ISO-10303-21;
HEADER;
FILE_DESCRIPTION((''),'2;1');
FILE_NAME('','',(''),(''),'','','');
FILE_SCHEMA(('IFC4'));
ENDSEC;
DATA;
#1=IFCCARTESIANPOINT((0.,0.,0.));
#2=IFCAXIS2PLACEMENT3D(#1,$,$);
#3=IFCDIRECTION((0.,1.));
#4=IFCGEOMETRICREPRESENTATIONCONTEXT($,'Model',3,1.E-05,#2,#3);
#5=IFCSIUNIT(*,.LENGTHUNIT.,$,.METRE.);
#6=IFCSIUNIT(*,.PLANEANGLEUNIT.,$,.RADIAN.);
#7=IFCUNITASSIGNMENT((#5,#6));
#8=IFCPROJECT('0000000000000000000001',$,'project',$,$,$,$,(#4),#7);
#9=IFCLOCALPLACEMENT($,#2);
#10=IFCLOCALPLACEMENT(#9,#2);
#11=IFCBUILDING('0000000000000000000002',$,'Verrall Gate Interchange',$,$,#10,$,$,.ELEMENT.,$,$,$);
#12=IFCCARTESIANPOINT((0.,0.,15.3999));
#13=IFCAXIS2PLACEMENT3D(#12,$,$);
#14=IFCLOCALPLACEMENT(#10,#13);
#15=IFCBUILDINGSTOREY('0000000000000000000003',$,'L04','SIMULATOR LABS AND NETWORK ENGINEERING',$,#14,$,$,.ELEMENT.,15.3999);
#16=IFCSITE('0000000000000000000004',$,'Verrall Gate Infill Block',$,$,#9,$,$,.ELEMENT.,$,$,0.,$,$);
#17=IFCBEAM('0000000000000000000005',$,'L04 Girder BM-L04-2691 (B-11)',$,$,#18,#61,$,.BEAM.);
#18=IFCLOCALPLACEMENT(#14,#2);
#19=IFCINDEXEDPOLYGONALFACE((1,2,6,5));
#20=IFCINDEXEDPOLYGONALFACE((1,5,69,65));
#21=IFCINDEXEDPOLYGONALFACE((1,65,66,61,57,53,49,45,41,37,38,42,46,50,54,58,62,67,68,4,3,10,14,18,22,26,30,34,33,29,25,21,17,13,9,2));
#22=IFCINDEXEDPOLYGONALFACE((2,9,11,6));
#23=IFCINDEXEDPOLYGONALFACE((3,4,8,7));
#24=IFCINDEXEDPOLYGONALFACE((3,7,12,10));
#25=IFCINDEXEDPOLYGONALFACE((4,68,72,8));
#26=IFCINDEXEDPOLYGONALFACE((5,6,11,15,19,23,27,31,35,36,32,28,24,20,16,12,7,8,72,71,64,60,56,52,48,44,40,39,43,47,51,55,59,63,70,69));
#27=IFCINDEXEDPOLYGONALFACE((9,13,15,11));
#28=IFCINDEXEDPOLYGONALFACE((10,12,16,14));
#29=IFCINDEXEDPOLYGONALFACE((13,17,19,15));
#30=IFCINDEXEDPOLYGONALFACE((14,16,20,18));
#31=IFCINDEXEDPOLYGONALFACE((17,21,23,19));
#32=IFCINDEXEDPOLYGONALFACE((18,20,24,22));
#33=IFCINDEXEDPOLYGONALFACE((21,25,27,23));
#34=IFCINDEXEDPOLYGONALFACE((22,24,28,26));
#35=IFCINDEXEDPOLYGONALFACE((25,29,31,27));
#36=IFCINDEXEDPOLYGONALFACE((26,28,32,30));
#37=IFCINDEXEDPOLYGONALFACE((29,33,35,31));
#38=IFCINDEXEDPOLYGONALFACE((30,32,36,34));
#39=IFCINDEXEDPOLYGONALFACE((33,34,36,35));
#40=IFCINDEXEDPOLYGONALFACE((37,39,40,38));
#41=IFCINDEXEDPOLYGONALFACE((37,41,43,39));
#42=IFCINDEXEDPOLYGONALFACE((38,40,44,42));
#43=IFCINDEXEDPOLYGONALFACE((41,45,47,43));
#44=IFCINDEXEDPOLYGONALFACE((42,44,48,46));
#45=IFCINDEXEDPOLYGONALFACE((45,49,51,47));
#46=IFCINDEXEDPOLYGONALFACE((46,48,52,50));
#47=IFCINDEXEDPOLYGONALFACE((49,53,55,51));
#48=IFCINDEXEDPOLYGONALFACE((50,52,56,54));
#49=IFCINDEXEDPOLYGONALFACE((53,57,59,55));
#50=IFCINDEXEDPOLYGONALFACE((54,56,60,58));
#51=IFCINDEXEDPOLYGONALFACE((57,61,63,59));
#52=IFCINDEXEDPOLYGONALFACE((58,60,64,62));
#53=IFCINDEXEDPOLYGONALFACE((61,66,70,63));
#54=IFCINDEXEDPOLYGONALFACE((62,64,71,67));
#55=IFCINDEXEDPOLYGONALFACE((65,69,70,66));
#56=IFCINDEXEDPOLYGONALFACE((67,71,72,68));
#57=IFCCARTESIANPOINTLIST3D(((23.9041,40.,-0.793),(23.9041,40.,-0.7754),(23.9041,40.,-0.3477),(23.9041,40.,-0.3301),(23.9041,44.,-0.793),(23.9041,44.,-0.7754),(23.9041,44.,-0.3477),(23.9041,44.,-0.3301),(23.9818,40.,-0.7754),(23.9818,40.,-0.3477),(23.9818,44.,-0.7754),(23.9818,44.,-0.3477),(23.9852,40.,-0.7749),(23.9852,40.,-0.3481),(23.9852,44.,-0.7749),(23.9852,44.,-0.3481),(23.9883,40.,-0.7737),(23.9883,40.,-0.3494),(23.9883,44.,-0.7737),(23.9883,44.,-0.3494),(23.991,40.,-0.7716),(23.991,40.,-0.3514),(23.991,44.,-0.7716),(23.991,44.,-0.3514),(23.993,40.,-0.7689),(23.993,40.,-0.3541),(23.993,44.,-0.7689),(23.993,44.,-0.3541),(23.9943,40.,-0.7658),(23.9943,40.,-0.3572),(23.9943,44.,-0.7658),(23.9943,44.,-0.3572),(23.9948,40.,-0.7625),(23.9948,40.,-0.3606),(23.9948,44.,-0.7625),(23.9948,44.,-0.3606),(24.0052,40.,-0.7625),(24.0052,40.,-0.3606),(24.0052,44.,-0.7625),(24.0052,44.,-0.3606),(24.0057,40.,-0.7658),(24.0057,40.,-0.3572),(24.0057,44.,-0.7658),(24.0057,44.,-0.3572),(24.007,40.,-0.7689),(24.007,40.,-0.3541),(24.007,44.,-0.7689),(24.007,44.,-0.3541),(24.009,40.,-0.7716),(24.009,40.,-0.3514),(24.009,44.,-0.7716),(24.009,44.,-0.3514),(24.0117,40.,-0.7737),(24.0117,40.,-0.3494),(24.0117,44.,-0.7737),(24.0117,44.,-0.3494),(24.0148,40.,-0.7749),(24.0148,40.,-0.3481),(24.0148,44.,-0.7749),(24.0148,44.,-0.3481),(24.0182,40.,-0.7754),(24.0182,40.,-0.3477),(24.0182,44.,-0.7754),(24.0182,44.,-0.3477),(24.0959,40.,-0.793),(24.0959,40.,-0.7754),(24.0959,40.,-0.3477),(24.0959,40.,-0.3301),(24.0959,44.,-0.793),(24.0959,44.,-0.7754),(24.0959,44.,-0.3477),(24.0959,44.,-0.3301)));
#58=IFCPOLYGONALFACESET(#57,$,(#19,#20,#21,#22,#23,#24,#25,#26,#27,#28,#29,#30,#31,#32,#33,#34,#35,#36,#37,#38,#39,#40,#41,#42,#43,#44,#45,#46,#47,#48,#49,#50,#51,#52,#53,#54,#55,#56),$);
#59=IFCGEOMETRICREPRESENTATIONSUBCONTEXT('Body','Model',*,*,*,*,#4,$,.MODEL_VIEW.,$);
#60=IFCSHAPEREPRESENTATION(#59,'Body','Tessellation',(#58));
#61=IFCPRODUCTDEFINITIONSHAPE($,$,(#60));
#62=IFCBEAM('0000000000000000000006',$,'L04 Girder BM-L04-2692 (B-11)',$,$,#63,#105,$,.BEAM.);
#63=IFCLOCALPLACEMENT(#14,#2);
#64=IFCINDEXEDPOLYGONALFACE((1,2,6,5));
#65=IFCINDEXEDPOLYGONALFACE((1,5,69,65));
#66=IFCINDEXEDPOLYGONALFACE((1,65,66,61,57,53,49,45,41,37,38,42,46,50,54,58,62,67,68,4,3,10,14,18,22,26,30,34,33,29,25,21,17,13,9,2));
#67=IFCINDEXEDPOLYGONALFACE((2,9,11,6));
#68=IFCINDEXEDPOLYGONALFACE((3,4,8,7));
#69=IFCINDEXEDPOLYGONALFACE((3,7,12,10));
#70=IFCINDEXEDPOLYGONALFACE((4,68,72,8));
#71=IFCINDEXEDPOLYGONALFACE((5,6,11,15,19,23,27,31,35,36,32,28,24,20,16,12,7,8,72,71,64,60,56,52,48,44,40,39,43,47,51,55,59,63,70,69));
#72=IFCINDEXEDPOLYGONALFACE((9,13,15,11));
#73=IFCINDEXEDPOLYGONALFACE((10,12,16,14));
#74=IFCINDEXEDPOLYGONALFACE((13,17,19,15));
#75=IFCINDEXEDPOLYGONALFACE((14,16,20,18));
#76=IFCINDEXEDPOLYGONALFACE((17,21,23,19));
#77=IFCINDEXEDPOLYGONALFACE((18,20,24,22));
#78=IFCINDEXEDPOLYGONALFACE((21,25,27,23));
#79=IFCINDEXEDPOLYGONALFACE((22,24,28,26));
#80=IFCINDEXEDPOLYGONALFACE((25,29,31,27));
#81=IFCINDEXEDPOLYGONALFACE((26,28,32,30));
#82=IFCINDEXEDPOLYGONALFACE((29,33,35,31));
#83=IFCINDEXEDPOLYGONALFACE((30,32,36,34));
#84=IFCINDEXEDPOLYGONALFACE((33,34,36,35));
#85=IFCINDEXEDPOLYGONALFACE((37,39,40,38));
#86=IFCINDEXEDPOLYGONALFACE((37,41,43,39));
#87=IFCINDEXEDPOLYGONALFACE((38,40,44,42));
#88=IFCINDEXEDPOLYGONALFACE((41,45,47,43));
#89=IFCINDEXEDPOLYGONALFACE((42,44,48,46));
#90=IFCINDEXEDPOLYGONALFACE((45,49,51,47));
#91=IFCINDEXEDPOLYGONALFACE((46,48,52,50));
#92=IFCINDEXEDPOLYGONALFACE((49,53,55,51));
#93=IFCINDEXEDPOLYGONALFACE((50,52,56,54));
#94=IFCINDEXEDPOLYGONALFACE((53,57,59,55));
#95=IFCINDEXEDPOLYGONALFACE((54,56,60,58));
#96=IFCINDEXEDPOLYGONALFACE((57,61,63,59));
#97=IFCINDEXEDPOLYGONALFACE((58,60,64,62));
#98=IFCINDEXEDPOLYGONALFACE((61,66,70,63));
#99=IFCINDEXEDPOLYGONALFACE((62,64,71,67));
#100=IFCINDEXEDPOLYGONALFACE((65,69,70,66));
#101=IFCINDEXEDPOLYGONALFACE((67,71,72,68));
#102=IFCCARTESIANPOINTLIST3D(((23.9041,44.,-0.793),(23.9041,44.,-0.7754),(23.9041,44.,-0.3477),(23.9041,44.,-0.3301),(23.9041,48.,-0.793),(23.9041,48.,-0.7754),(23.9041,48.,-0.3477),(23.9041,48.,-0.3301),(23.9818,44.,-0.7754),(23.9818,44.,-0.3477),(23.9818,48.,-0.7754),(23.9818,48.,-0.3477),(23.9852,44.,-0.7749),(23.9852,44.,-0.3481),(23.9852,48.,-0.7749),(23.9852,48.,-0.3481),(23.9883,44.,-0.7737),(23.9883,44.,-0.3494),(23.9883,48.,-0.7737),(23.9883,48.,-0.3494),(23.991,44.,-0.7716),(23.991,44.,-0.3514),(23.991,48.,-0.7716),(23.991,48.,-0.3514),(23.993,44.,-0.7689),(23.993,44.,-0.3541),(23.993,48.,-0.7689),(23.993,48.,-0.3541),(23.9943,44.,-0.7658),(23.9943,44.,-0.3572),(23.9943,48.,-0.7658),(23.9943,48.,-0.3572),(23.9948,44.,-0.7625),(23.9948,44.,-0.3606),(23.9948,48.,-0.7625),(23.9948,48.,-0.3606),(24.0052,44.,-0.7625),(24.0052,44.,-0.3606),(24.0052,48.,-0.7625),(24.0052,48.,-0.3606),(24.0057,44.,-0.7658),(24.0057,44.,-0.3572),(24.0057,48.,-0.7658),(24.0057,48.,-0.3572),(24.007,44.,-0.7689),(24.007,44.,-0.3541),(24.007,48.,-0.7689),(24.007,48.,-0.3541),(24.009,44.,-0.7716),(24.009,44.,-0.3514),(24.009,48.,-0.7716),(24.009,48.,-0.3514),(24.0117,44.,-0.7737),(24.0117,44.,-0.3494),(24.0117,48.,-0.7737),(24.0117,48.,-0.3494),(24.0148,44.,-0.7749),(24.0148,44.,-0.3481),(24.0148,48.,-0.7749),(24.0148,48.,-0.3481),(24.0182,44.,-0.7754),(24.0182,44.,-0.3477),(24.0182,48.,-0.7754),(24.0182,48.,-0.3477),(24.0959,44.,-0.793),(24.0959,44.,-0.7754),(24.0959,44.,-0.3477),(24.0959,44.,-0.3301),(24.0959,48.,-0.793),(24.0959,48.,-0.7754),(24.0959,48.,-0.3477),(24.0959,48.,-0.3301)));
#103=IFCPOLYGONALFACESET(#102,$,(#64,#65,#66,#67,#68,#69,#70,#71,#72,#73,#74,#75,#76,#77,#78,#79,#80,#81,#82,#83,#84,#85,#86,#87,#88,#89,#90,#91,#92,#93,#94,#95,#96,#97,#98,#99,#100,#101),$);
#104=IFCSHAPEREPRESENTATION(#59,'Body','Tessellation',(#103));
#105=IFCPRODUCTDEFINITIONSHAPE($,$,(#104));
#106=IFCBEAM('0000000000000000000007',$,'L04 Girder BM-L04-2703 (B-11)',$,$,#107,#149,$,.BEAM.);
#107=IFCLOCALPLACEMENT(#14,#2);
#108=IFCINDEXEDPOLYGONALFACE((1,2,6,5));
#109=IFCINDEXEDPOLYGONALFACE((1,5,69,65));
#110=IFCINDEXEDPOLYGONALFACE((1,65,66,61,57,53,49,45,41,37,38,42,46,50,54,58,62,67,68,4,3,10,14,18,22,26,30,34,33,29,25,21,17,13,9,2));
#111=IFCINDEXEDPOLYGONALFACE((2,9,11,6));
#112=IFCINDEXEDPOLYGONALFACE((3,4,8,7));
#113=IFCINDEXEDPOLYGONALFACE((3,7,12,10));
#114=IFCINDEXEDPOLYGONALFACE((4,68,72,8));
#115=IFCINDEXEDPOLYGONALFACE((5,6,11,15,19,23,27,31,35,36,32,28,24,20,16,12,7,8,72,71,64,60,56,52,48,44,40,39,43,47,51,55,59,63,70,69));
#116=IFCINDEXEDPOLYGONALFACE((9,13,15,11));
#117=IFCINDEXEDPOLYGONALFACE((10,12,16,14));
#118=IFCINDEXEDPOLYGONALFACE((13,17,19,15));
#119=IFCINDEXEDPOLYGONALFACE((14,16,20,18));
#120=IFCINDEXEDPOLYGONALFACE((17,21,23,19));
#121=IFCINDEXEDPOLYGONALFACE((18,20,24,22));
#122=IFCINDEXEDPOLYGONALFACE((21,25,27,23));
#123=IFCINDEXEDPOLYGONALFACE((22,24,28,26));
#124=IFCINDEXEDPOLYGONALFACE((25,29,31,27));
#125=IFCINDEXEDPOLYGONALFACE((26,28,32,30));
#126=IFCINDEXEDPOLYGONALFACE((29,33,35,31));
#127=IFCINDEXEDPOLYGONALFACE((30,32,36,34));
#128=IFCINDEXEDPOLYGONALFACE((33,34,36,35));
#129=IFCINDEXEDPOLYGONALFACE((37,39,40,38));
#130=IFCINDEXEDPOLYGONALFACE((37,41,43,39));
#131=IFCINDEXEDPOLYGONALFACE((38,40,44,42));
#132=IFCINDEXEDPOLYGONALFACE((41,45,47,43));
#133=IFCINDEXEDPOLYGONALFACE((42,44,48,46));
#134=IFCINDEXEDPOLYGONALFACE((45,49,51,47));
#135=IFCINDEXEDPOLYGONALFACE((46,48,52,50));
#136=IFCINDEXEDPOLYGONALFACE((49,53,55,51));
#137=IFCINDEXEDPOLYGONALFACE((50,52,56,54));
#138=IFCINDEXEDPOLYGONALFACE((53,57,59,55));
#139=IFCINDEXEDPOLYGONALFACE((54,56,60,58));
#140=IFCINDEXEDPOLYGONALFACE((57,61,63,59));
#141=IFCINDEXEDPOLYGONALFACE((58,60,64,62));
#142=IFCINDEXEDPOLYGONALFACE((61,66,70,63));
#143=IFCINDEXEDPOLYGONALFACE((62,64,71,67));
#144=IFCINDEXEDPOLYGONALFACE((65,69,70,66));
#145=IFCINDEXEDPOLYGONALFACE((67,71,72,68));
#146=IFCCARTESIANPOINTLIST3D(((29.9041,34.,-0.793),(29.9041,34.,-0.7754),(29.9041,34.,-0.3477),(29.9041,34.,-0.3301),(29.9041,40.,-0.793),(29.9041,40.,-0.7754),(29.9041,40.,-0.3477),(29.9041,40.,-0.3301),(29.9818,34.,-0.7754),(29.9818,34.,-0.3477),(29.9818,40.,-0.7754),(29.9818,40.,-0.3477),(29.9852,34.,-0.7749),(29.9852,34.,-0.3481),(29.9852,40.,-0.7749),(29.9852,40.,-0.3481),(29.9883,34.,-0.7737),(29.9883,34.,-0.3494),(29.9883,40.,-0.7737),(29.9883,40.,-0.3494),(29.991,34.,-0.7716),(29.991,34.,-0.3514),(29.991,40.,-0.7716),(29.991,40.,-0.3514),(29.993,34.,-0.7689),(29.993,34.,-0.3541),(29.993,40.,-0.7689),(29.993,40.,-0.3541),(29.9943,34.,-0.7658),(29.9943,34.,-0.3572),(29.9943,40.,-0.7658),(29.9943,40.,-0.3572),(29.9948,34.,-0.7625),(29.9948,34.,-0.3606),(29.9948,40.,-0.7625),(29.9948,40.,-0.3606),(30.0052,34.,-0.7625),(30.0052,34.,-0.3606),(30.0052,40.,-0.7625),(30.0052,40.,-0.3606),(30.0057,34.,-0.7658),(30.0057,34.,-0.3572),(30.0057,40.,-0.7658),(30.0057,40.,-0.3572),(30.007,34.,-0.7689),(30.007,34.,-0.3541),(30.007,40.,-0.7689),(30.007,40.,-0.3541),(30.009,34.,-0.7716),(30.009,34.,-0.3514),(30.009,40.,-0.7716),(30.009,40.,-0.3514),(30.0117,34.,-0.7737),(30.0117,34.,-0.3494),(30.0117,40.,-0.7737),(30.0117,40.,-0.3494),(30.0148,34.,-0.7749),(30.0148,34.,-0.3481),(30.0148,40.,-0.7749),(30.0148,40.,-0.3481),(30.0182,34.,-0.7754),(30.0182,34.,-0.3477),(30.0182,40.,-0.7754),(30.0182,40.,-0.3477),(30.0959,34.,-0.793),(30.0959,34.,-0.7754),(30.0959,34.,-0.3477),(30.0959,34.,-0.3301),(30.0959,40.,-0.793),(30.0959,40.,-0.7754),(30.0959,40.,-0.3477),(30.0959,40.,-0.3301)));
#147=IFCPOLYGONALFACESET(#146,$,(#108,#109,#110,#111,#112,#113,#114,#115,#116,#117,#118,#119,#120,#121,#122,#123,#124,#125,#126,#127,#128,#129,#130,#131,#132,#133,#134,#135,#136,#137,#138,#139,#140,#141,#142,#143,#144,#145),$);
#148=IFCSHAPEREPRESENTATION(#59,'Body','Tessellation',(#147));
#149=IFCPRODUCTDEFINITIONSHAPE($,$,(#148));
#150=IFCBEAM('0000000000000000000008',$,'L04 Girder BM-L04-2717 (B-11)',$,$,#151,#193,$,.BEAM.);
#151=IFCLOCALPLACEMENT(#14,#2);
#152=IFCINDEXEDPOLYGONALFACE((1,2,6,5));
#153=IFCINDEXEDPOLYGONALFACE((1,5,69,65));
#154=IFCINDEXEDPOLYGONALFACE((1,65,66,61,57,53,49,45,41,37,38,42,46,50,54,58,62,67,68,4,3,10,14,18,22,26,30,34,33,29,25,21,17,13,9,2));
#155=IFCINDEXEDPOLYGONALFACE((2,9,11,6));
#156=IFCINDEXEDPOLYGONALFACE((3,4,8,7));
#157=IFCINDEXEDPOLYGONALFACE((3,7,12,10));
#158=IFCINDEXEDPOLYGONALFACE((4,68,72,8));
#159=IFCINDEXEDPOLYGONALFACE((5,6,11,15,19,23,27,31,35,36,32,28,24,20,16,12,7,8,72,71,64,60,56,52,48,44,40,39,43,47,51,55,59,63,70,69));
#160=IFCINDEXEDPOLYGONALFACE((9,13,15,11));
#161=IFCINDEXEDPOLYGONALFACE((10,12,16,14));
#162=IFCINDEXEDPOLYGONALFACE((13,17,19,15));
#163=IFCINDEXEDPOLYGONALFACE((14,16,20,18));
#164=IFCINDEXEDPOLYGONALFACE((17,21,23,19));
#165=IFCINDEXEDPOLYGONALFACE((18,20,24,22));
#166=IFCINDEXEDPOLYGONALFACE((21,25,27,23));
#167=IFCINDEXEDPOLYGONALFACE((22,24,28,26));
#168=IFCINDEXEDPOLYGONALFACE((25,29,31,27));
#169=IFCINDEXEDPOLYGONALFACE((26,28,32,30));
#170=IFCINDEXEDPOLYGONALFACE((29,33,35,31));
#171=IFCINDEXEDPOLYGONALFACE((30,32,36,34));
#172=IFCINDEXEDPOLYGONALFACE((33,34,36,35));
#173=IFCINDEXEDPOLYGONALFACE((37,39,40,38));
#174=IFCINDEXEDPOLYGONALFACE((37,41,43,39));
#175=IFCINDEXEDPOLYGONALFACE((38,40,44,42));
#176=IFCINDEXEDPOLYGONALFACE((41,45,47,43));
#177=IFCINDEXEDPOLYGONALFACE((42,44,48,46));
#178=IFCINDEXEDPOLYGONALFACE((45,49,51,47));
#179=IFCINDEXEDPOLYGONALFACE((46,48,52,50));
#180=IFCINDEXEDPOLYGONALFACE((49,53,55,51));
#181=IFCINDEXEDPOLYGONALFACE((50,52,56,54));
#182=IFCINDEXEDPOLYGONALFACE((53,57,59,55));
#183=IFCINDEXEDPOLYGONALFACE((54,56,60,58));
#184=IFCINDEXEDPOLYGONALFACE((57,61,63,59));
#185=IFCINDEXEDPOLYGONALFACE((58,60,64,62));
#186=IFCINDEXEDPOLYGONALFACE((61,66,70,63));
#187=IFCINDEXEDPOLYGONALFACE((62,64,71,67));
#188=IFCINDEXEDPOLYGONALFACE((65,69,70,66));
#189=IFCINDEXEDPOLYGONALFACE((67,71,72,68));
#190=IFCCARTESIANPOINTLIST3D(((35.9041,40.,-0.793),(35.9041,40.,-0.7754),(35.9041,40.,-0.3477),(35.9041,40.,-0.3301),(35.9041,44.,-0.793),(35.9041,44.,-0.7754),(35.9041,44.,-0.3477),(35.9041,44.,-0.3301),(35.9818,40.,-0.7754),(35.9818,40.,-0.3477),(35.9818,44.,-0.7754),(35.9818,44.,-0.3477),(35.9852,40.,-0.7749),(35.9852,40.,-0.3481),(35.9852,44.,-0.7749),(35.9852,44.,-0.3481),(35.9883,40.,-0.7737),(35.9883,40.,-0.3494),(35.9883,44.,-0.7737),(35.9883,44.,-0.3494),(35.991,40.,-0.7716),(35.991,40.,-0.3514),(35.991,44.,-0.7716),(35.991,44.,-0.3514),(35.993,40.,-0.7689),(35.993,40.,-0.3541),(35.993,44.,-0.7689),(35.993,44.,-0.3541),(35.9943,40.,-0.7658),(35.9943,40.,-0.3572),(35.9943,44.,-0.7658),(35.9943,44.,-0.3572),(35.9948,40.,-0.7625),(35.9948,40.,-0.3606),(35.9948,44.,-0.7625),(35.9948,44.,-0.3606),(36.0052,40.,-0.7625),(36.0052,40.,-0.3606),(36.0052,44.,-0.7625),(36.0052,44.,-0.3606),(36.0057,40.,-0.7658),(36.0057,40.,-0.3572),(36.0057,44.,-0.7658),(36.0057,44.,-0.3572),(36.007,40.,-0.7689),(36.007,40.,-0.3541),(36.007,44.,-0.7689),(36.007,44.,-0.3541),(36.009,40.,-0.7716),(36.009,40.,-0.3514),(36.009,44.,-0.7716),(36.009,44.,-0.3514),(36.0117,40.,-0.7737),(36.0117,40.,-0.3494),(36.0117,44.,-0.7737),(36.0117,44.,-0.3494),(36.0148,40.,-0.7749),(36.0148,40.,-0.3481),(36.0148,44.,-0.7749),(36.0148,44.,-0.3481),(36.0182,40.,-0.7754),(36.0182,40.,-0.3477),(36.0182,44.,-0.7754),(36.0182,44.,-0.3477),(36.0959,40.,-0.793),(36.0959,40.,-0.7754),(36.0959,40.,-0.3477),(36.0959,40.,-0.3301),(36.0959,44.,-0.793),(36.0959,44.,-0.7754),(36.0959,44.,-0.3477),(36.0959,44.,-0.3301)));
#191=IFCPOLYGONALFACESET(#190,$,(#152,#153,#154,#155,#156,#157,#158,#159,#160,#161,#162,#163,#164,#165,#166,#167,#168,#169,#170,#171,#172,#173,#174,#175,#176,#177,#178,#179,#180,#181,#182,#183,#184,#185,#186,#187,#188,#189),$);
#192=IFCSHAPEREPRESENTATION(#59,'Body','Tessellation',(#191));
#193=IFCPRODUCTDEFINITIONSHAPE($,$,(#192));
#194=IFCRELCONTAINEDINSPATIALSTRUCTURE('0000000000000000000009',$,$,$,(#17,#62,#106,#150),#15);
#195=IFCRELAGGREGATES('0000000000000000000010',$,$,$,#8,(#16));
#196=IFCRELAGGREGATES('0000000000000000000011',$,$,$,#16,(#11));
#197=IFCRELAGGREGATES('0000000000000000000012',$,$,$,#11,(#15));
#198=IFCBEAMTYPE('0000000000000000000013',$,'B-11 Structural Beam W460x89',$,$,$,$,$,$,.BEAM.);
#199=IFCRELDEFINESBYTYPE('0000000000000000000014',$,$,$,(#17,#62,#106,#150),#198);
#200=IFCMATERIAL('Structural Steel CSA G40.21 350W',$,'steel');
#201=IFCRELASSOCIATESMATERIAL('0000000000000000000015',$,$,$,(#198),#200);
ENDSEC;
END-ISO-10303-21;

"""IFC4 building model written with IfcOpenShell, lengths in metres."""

from ifc_helpers import new_model, si_unit, direction, frame, origin, origin_2d, place, context, subcontext, project, spatial, i_section, extrude, material, material_profile, profile_set, type_object, element, save


model = new_model("IFC4")

# Units and contexts
model_context = context("Model", 3, precision=1e-05, world=origin(), true_north=direction((0.0, 1.0)))
body_context = subcontext(model_context, "Body", "Model", "MODEL_VIEW")
ifc_project = project(units=[si_unit("LENGTHUNIT", "METRE"), si_unit("PLANEANGLEUNIT", "RADIAN")], contexts=[model_context])

# Site, building, storey
site_placement = place(None, origin())
site = spatial("IfcSite", under=ifc_project, at=site_placement, Name="Verrall Gate Infill Block", CompositionType="ELEMENT", RefElevation=0.0)
building_placement = place(site_placement, origin())
building = spatial("IfcBuilding", under=site, at=building_placement, Name="Verrall Gate Interchange", CompositionType="ELEMENT")
storey_placement = place(building_placement, frame((0.0, 0.0, 15.3999)))
storey = spatial("IfcBuildingStorey", under=building, at=storey_placement, Name="L04", Description="SIMULATOR LABS AND NETWORK ENGINEERING", CompositionType="ELEMENT", Elevation=15.3999)

# Beams
ifc_material_1 = material(Name="Structural Steel CSA G40.21 350W", Category="steel")
ifc_material_profile_1 = material_profile(ifc_material_1, i_section(OverallWidth=0.1919, OverallDepth=0.4629, WebThickness=0.0105, FlangeThickness=0.0176, FilletRadius=0.0129, at=origin_2d()), Name="W460x89")
ifc_profile_set_1 = profile_set([ifc_material_profile_1], Name="Structural Steel CSA G40.21 350W")
beam_type_1 = type_object("IfcBeamType", Name="B-11 Structural Beam W460x89", PredefinedType="BEAM", material=ifc_profile_set_1)
for number, where, z_axis, x_axis, name in (
    (1, (24.0, 40.0, -0.5615), (0.0, 1.0, 0.0), (-1.0, 0.0, 0.0), "L04 Girder BM-L04-2691 (B-11)"),
    (2, (24.0, 44.0, -0.5615), (0.0, 1.0, 0.0), (-1.0, 0.0, 0.0), "L04 Girder BM-L04-2692 (B-11)"),
):
    element("IfcBeam", number, at=place(storey_placement, frame(where, z_axis=z_axis, x_axis=x_axis)), inside=storey, type_object=beam_type_1, Name=name, PredefinedType="BEAM", context=body_context, shape_type="SweptSolid", body=[
        extrude(i_section(OverallWidth=0.1919, OverallDepth=0.4629, WebThickness=0.0105, FlangeThickness=0.0176, FilletRadius=0.0129, at=origin_2d()), origin(), (0.0, 0.0, 1.0), 4.0),
    ])
beam_1_placement = place(storey_placement, frame((30.0, 34.0, -0.5615), z_axis=(0.0, 1.0, 0.0), x_axis=(-1.0, 0.0, 0.0)))
element("IfcBeam", 3, at=beam_1_placement, inside=storey, type_object=beam_type_1, Name="L04 Girder BM-L04-2703 (B-11)", PredefinedType="BEAM", context=body_context, shape_type="SweptSolid", body=[
    extrude(i_section(OverallWidth=0.1919, OverallDepth=0.4629, WebThickness=0.0105, FlangeThickness=0.0176, FilletRadius=0.0129, at=origin_2d()), origin(), (0.0, 0.0, 1.0), 6.0),
])
beam_2_placement = place(storey_placement, frame((36.0, 40.0, -0.5615), z_axis=(0.0, 1.0, 0.0), x_axis=(-1.0, 0.0, 0.0)))
element("IfcBeam", 4, at=beam_2_placement, inside=storey, type_object=beam_type_1, Name="L04 Girder BM-L04-2717 (B-11)", PredefinedType="BEAM", context=body_context, shape_type="SweptSolid", body=[
    extrude(i_section(OverallWidth=0.1919, OverallDepth=0.4629, WebThickness=0.0105, FlangeThickness=0.0176, FilletRadius=0.0129, at=origin_2d()), origin(), (0.0, 0.0, 1.0), 4.0),
])

save(model, "model.ifc")
